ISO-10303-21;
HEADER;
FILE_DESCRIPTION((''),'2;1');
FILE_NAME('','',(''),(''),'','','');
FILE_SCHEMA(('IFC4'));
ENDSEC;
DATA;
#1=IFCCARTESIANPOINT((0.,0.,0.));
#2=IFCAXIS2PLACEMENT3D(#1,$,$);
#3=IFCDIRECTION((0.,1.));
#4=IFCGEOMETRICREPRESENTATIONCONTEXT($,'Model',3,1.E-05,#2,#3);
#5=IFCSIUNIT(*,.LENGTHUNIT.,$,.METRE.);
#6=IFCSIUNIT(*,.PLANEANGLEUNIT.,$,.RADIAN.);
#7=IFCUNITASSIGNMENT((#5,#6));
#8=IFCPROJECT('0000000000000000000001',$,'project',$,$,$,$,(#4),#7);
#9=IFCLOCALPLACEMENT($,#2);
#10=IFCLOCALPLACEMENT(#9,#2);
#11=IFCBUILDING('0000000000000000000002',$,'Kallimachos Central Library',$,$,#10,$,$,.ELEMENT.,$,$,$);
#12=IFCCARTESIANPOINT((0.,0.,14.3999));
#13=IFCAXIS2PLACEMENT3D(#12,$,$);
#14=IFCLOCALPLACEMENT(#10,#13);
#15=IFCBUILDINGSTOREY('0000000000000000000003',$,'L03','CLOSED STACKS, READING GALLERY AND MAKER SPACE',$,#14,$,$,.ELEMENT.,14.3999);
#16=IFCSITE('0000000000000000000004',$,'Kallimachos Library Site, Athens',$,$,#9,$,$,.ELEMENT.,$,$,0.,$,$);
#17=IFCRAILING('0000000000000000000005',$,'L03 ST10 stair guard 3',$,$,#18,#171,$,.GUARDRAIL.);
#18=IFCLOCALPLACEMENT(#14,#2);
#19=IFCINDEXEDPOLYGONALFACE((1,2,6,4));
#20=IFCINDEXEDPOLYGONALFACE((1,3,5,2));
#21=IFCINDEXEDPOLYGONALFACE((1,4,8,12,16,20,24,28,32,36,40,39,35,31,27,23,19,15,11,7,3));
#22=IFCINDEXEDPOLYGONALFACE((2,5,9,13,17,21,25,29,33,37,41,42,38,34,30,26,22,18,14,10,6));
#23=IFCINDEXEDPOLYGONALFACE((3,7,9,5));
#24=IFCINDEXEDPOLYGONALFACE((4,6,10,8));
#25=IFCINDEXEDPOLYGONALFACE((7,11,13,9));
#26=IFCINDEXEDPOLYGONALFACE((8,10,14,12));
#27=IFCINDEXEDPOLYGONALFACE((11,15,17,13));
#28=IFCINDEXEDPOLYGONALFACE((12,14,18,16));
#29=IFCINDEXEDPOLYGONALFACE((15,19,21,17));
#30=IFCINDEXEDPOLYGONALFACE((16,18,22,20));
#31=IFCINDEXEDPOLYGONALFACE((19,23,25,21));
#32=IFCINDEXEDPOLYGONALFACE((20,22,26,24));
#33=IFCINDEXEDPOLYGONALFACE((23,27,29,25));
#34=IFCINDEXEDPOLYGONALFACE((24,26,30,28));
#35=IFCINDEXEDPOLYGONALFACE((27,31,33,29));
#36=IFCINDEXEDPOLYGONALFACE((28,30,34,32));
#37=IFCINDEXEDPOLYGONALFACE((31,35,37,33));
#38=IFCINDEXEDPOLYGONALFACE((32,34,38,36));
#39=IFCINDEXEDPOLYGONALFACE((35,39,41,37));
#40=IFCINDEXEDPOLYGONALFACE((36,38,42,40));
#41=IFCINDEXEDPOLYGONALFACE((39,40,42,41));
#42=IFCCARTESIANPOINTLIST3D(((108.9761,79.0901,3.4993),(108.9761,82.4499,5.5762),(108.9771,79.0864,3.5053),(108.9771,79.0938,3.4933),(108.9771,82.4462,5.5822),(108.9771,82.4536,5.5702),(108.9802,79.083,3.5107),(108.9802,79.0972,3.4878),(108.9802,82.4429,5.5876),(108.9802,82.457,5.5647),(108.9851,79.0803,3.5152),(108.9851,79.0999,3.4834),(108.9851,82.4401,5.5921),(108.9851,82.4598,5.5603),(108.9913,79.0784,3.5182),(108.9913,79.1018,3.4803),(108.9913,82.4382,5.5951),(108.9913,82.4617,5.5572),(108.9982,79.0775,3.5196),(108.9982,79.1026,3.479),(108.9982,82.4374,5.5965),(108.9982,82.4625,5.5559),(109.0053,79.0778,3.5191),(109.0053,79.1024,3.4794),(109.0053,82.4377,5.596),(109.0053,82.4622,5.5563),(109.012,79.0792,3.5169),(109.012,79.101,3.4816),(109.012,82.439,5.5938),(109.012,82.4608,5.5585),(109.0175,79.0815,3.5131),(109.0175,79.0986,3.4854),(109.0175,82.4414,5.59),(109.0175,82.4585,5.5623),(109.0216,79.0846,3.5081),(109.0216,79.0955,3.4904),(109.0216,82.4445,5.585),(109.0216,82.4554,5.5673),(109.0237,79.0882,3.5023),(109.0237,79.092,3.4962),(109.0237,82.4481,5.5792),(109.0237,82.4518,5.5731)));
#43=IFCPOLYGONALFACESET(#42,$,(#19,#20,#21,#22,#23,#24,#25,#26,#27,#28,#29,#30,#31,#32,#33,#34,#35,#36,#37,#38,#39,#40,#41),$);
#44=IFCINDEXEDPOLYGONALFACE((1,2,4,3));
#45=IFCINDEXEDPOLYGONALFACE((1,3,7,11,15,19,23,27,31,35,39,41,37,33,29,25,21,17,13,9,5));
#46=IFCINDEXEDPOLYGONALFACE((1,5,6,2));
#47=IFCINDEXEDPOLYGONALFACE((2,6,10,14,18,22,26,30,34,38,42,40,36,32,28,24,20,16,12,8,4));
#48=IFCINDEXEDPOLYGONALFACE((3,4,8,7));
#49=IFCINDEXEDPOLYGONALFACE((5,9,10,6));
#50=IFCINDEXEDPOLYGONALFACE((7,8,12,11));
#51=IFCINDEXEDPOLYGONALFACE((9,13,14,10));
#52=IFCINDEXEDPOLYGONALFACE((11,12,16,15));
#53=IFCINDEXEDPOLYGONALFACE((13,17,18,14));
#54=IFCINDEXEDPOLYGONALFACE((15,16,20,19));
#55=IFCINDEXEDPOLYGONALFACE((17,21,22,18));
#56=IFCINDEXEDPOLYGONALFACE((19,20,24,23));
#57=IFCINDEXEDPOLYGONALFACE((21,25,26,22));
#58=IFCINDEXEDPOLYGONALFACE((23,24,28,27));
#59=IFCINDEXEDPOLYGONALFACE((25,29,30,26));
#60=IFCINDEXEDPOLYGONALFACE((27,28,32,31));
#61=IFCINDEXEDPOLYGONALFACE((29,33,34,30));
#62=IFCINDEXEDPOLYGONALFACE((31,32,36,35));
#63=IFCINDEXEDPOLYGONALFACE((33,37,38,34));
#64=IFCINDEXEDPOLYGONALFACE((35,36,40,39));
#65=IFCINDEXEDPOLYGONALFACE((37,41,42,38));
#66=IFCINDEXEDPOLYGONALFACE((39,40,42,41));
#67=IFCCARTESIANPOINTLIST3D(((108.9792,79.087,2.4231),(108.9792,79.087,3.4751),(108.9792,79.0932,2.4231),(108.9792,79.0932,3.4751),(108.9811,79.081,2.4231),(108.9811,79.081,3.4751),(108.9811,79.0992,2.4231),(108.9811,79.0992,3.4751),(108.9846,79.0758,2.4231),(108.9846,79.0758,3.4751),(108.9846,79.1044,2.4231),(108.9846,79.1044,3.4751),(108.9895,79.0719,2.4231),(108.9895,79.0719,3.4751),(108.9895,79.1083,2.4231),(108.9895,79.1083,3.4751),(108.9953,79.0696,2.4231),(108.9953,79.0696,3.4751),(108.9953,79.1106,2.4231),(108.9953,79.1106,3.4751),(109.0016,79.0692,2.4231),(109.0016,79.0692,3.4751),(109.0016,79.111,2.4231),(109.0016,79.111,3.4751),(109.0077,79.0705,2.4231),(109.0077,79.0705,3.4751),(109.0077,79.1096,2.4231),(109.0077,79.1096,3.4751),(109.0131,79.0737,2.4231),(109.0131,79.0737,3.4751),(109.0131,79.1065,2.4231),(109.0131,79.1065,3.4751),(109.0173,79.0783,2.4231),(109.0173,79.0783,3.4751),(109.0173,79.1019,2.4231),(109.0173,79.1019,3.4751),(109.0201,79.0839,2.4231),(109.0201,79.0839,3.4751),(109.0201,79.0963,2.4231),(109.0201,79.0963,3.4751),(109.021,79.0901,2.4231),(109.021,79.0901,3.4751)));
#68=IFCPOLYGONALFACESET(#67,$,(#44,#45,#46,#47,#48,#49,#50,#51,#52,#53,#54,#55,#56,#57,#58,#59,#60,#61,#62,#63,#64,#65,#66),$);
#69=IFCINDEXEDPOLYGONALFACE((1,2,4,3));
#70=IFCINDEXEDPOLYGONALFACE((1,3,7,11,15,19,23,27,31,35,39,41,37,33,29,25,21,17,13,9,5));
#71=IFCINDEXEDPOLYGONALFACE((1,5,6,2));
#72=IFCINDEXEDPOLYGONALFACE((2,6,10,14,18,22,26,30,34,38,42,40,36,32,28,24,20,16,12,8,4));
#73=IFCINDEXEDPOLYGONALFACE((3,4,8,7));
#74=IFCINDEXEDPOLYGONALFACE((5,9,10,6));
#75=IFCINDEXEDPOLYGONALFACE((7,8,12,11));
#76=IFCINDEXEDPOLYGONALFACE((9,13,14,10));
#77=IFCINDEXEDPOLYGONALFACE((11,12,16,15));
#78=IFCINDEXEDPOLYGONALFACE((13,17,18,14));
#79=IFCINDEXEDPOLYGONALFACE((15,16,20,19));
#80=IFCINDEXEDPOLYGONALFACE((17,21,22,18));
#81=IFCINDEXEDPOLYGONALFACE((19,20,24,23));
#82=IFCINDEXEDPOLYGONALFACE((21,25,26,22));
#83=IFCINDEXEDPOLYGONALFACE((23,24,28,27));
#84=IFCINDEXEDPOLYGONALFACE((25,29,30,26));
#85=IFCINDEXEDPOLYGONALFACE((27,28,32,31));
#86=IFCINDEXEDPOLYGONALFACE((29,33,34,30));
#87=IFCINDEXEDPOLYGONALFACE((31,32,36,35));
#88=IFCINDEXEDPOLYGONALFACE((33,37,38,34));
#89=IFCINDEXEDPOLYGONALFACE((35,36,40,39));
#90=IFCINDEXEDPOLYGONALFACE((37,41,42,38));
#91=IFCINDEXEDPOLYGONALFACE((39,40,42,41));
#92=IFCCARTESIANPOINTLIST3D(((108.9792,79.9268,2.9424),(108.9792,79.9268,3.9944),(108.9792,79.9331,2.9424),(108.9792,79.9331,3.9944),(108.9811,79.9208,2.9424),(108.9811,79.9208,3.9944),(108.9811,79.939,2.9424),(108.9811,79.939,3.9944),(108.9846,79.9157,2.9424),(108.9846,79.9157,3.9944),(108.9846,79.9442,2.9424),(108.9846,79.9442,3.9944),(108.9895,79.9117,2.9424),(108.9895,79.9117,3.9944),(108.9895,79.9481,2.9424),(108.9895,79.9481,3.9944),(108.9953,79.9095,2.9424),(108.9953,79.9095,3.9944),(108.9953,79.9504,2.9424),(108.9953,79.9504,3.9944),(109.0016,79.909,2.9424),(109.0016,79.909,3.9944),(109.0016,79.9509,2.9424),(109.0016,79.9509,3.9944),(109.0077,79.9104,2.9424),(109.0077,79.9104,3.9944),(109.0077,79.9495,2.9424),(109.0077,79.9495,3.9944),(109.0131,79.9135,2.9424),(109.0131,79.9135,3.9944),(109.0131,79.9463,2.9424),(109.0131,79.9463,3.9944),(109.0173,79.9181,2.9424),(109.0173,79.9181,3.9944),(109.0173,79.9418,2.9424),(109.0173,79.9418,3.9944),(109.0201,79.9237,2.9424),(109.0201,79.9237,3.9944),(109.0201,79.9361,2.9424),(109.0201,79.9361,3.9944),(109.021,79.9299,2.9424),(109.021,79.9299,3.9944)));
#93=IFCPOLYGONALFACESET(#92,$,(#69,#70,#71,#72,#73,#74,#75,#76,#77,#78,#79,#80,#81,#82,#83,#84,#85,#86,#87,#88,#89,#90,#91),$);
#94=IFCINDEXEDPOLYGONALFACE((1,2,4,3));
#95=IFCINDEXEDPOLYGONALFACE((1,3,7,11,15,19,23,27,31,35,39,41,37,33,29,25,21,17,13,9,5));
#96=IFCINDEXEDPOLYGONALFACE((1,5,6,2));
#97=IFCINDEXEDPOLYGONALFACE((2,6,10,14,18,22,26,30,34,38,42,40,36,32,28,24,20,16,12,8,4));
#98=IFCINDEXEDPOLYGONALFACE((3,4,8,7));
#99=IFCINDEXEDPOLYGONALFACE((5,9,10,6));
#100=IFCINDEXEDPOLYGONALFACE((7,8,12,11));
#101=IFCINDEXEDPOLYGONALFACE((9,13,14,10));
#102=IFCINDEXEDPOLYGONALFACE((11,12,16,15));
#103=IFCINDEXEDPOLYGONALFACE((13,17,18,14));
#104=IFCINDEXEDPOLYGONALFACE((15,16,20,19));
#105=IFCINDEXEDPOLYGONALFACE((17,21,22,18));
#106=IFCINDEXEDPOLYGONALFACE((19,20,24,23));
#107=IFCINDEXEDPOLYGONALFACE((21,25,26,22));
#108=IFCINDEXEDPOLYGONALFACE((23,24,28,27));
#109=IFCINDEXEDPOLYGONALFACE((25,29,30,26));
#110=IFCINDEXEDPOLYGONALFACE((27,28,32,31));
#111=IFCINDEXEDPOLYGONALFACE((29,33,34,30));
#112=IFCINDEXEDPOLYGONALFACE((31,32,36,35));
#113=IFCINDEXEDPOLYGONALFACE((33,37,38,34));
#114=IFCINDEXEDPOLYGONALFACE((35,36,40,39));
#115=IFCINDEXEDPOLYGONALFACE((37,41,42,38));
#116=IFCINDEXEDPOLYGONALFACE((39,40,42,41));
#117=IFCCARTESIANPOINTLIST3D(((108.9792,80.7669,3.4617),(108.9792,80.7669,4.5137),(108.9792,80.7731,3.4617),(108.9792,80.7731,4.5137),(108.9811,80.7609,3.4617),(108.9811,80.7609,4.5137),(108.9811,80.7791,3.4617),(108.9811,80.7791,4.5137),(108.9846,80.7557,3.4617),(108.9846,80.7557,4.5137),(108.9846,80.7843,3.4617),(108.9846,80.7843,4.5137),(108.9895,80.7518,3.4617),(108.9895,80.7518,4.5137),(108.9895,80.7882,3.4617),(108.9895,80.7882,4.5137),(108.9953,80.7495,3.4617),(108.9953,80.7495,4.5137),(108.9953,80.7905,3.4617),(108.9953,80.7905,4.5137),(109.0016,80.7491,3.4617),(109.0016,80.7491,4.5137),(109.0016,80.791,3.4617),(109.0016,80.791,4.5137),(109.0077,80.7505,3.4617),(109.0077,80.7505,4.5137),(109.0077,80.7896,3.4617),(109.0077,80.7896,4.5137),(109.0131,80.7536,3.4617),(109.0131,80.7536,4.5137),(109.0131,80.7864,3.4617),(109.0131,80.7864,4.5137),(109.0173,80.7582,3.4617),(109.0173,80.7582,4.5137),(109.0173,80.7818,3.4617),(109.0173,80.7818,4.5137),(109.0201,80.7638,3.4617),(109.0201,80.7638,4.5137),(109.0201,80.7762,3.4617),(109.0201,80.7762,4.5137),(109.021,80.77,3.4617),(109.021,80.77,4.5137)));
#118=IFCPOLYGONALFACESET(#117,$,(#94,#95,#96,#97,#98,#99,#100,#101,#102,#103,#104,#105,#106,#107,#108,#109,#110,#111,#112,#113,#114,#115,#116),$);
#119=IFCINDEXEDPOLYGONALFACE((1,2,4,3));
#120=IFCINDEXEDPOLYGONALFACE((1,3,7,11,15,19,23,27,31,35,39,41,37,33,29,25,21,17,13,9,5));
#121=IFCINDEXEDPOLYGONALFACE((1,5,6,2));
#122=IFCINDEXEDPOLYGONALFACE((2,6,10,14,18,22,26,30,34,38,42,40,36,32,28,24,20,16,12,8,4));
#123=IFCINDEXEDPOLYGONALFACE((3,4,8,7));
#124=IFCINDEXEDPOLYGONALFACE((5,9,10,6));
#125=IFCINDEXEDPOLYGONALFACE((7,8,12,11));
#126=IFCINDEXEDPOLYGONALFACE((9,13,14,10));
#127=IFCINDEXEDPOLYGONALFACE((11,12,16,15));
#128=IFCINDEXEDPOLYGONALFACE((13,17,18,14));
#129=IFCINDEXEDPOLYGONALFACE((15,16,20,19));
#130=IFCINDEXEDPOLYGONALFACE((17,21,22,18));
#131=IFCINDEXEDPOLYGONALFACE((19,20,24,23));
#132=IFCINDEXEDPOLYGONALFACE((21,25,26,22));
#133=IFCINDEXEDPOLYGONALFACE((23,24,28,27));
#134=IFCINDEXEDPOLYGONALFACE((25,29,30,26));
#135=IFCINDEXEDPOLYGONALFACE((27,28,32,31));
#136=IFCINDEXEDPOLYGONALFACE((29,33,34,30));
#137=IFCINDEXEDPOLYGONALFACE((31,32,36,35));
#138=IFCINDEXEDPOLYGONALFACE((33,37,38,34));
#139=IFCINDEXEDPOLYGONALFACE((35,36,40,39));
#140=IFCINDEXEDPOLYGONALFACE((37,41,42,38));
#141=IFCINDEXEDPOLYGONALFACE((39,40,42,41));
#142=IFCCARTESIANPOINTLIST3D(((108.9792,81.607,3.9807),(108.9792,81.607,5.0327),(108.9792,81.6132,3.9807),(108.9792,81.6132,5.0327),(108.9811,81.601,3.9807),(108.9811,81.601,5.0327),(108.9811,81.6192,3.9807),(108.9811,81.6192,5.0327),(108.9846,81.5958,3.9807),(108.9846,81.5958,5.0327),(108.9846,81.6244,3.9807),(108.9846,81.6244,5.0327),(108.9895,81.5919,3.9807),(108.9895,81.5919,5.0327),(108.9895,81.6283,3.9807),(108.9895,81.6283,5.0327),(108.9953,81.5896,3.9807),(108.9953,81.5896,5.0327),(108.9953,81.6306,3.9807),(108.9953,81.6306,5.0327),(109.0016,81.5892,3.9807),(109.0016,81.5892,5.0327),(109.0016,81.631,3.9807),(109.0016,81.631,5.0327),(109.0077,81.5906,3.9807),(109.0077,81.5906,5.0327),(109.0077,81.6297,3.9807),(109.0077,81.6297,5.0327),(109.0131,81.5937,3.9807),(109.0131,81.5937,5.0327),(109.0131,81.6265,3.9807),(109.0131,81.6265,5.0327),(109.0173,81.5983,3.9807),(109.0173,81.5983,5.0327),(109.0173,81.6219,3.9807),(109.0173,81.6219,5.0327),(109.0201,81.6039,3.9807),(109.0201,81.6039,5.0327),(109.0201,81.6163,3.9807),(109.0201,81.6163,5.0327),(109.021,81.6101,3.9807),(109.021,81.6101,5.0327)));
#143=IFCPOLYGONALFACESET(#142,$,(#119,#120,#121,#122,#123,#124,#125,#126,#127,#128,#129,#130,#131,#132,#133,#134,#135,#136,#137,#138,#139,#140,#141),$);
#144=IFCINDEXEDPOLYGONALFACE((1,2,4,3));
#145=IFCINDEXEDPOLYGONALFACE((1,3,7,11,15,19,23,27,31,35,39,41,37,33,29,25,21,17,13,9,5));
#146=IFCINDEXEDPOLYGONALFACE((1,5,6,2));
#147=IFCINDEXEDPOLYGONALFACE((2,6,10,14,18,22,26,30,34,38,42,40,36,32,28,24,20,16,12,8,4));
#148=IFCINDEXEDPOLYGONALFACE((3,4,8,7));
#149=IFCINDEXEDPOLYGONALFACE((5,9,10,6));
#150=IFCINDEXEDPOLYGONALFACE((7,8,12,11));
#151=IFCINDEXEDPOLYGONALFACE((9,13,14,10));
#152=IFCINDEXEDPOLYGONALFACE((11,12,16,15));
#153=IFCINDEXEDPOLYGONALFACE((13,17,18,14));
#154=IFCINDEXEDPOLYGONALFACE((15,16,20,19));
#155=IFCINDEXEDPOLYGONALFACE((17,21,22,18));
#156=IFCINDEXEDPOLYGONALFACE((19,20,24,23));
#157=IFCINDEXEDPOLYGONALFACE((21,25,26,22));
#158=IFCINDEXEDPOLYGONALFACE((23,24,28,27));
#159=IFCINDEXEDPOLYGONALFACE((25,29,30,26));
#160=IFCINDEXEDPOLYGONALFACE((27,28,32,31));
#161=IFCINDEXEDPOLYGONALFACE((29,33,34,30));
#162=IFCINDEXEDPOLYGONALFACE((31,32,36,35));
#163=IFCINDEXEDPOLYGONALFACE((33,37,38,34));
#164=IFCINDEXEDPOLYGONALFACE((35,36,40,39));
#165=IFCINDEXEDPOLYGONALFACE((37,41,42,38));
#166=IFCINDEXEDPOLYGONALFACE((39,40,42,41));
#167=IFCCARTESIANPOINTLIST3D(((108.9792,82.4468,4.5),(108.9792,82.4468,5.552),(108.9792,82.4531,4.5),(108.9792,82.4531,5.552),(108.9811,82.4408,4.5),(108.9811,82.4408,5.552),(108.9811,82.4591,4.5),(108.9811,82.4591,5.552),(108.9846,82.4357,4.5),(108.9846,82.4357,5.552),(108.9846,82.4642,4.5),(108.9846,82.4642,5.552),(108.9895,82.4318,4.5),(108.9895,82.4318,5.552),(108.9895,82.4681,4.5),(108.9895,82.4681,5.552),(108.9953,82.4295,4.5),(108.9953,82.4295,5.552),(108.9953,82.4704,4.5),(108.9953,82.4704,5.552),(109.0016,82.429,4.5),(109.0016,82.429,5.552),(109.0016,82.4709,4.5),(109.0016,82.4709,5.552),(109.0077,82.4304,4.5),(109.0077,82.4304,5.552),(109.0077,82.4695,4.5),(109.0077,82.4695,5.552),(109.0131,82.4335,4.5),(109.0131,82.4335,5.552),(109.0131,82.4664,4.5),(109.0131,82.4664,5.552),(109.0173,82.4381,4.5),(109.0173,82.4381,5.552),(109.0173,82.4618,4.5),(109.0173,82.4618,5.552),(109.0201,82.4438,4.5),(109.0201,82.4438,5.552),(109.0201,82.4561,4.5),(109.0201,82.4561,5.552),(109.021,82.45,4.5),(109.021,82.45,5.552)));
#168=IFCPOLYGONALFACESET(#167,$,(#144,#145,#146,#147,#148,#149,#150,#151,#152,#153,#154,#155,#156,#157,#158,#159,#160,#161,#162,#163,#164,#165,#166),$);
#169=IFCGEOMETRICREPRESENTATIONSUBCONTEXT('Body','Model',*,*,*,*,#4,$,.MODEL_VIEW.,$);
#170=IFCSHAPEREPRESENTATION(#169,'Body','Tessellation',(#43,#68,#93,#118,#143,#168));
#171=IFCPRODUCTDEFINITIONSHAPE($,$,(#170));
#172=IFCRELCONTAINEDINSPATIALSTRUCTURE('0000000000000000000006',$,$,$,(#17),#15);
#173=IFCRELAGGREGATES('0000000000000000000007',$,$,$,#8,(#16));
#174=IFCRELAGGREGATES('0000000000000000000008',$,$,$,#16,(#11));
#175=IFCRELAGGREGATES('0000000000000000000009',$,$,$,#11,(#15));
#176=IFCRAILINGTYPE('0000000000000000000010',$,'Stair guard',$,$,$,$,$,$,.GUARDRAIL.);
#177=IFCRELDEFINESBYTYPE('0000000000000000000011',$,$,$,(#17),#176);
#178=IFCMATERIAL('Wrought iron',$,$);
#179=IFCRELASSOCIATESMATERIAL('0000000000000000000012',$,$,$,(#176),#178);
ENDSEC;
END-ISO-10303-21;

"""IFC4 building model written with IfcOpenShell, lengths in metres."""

from ifc_helpers import new_model, si_unit, direction, frame, origin, origin_2d, place, context, subcontext, project, spatial, circle, extrude, material, type_object, element, save


model = new_model("IFC4")

# Units and contexts
model_context = context("Model", 3, precision=1e-05, world=origin(), true_north=direction((0.0, 1.0)))
body_context = subcontext(model_context, "Body", "Model", "MODEL_VIEW")
ifc_project = project(units=[si_unit("LENGTHUNIT", "METRE"), si_unit("PLANEANGLEUNIT", "RADIAN")], contexts=[model_context])

# Site, building, storey
site_placement = place(None, origin())
site = spatial("IfcSite", under=ifc_project, at=site_placement, Name="Kallimachos Library Site, Athens", CompositionType="ELEMENT", RefElevation=0.0)
building_placement = place(site_placement, origin())
building = spatial("IfcBuilding", under=site, at=building_placement, Name="Kallimachos Central Library", CompositionType="ELEMENT")
storey_placement = place(building_placement, frame((0.0, 0.0, 14.3999)))
storey = spatial("IfcBuildingStorey", under=building, at=storey_placement, Name="L03", Description="CLOSED STACKS, READING GALLERY AND MAKER SPACE", CompositionType="ELEMENT", Elevation=14.3999)

# Railing
ifc_material_1 = material(Name="Wrought iron")
railing_type_1 = type_object("IfcRailingType", Name="Stair guard", PredefinedType="GUARDRAIL", material=ifc_material_1)
railing_1_placement = place(storey_placement, frame((109.0, 79.0901, 2.4231)))
element("IfcRailing", 1, at=railing_1_placement, inside=storey, type_object=railing_type_1, Name="L03 ST10 stair guard 3", PredefinedType="GUARDRAIL", context=body_context, shape_type="SweptSolid", body=[
    extrude(circle(Radius=0.0239, at=origin_2d()), frame((0.0, 0.0, 1.0762), z_axis=(0.0, 0.850606, 0.525803), x_axis=(-1.0, 0.0, 0.0)), (0.0, 0.0, 1.0), 3.95),
    extrude(circle(Radius=0.021, at=origin_2d()), origin(), (0.0, 0.0, 1.0), 1.052),
    extrude(circle(Radius=0.021, at=origin_2d()), frame((0.0, 0.8398, 0.5193)), (0.0, 0.0, 1.0), 1.052),
    extrude(circle(Radius=0.021, at=origin_2d()), frame((0.0, 1.6799, 1.0386)), (0.0, 0.0, 1.0), 1.052),
    extrude(circle(Radius=0.021, at=origin_2d()), frame((0.0, 2.52, 1.5576)), (0.0, 0.0, 1.0), 1.052),
    extrude(circle(Radius=0.021, at=origin_2d()), frame((0.0, 3.3599, 2.0769)), (0.0, 0.0, 1.0), 1.052),
])

save(model, "model.ifc")
